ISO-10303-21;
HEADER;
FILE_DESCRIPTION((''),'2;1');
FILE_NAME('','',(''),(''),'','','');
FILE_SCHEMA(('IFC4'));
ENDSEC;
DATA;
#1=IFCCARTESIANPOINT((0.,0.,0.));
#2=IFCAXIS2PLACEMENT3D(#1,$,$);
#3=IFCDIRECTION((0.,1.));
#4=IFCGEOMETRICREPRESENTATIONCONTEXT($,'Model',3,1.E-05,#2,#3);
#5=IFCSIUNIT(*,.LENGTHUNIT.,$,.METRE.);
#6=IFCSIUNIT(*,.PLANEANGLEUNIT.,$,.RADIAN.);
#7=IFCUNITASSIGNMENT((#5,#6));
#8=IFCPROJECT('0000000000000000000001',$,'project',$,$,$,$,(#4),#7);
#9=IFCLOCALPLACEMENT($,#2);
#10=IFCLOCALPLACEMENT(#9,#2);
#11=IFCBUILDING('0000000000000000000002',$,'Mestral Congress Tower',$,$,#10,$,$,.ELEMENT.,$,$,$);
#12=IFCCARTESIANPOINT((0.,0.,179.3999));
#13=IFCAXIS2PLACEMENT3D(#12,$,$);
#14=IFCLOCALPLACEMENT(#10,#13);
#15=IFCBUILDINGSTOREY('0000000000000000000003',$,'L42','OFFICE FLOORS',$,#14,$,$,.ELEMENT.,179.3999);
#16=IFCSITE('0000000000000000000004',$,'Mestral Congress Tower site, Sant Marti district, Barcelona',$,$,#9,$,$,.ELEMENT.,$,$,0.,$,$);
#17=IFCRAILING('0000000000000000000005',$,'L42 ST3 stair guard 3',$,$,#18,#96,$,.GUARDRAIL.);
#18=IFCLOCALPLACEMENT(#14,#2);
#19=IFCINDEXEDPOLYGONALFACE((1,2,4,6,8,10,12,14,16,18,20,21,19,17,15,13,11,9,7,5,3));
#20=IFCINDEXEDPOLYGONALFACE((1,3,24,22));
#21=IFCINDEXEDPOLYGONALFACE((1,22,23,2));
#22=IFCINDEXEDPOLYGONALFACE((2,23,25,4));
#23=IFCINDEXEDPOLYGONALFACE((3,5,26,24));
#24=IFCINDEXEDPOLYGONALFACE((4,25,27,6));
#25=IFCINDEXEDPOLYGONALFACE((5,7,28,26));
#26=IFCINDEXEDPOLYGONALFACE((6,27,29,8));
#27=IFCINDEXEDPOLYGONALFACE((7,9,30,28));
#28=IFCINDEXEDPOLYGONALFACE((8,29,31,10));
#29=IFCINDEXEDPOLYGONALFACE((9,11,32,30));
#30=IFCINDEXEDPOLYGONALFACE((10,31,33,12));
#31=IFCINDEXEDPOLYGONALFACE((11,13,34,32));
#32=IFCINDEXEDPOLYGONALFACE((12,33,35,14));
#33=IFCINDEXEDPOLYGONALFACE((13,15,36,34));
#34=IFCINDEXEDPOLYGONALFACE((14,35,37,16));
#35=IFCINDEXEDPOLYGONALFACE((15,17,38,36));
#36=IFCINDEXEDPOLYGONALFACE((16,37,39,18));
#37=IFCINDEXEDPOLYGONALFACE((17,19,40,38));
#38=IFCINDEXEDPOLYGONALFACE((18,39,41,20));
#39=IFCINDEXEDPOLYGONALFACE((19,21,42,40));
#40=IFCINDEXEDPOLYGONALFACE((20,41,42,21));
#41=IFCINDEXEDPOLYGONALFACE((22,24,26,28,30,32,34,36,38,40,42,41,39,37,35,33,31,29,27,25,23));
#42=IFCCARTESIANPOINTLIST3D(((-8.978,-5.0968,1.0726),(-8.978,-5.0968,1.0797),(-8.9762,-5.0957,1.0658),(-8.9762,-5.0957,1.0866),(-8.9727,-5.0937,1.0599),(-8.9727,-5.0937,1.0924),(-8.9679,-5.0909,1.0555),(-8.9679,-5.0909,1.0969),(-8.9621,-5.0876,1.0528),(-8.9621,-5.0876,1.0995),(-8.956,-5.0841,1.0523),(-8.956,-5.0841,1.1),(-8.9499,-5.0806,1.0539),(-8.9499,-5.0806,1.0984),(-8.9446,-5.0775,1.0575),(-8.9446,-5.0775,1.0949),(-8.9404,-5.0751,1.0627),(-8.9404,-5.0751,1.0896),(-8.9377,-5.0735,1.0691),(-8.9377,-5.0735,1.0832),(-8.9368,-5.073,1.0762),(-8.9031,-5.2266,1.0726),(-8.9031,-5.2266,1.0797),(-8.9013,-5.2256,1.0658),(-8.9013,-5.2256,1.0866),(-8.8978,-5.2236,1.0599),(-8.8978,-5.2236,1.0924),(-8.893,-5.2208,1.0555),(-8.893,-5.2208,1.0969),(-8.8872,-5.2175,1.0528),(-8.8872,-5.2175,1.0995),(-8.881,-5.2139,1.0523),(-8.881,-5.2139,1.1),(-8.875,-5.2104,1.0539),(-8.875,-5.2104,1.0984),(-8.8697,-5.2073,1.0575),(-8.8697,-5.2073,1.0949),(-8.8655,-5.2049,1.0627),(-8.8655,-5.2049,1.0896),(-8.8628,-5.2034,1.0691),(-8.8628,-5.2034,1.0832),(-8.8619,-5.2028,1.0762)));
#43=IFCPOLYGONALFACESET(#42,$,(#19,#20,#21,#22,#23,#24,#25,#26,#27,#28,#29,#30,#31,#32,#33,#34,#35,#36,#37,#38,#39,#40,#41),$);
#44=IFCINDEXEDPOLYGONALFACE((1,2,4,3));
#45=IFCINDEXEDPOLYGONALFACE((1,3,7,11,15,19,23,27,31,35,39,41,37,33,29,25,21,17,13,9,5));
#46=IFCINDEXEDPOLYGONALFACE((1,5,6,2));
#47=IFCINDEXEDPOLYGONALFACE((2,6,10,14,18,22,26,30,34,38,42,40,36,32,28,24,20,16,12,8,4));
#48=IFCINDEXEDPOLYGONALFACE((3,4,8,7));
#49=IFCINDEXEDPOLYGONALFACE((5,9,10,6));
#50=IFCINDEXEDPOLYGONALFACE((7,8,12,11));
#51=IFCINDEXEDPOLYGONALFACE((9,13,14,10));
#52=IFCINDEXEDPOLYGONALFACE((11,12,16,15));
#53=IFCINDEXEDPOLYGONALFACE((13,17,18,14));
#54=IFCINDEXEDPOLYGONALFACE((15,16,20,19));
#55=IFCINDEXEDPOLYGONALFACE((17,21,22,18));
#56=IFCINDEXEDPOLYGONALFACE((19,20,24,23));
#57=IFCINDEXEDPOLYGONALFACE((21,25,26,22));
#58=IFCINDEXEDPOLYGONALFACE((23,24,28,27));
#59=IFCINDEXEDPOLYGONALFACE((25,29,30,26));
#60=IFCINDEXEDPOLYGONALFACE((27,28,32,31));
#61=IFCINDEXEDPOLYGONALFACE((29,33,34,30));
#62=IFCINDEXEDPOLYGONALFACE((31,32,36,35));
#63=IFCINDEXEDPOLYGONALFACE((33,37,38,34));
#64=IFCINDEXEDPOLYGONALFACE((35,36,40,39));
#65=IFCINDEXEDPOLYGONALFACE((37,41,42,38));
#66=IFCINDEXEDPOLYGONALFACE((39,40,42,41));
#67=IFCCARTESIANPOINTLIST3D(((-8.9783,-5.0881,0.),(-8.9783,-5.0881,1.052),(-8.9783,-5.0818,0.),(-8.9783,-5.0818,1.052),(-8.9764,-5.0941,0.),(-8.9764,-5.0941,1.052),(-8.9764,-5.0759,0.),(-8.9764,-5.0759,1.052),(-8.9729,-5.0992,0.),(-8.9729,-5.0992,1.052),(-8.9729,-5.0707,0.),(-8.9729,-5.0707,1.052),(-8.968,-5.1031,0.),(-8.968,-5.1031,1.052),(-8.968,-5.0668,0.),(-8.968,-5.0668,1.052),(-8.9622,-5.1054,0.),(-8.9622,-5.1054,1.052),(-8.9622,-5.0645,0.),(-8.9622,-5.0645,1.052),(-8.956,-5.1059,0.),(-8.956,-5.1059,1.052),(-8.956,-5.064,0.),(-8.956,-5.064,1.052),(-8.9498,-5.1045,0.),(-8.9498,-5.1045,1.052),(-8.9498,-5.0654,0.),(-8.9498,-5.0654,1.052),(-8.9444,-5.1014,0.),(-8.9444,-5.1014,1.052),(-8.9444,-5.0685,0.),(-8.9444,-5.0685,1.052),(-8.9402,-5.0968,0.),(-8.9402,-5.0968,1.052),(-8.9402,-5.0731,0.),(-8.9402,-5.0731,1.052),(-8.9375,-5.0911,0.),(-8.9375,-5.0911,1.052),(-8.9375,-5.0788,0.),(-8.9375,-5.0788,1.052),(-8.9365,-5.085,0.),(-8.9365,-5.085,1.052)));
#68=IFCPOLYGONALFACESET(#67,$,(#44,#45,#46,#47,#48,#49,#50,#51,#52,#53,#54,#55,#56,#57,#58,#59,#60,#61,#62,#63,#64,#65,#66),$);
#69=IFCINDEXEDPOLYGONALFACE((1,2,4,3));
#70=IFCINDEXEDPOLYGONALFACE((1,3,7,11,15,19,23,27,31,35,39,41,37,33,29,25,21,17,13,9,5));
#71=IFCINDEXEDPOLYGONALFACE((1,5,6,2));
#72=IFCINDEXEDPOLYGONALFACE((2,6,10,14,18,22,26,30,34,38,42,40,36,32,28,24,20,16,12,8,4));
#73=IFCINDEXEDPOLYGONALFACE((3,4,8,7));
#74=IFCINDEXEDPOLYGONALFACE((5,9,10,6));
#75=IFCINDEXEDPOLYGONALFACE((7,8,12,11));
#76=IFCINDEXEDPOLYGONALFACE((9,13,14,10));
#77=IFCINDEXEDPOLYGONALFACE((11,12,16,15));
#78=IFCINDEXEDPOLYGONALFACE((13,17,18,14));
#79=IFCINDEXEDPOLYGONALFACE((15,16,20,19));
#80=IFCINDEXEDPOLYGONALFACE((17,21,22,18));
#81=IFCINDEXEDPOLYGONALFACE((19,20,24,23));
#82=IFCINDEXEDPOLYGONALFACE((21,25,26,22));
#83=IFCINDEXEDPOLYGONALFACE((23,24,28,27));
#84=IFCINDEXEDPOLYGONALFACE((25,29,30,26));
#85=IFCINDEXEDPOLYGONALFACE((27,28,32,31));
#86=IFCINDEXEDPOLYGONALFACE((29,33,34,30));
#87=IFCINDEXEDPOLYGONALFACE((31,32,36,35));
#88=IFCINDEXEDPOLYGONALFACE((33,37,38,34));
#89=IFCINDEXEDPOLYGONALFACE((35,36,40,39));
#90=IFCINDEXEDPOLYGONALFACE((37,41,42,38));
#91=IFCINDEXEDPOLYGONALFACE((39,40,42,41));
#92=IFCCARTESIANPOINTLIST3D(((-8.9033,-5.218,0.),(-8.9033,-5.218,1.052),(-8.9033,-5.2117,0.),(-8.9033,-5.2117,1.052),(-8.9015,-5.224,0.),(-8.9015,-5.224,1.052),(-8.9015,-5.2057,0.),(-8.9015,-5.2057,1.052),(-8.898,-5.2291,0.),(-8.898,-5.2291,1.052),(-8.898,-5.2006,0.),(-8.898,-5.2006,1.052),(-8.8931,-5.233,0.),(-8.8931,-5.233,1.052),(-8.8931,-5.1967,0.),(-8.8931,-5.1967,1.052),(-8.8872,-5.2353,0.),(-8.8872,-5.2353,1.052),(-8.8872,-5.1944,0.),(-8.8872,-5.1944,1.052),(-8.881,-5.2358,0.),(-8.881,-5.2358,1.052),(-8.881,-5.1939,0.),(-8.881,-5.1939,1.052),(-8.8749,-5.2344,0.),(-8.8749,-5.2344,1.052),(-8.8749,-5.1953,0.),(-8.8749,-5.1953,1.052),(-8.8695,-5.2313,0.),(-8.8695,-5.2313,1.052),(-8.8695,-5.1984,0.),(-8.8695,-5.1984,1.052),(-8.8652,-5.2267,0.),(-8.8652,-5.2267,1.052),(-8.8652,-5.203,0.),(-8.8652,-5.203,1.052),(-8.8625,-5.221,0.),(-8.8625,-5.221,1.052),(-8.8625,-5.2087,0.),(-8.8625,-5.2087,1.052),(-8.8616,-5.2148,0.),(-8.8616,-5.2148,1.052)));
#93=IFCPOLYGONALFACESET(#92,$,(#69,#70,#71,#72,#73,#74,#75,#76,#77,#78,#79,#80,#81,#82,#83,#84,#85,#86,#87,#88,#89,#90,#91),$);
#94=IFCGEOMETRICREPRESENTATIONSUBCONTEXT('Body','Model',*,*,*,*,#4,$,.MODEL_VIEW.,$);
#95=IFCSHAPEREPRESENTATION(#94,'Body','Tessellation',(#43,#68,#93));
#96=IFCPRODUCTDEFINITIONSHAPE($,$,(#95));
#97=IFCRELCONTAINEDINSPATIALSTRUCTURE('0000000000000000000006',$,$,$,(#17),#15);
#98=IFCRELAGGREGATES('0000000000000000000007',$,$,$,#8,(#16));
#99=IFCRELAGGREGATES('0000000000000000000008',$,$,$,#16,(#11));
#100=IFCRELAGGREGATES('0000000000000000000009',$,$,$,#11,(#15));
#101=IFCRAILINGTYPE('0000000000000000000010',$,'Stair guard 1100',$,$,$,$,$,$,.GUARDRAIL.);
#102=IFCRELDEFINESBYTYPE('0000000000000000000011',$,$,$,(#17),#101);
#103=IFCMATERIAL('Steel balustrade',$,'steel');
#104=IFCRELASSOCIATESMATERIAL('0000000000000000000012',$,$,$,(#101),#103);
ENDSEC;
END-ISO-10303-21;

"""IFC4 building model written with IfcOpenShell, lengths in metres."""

from ifc_helpers import new_model, si_unit, direction, frame, origin, origin_2d, place, context, subcontext, project, spatial, circle, extrude, material, type_object, element, save


model = new_model("IFC4")

# Units and contexts
model_context = context("Model", 3, precision=1e-05, world=origin(), true_north=direction((0.0, 1.0)))
body_context = subcontext(model_context, "Body", "Model", "MODEL_VIEW")
ifc_project = project(units=[si_unit("LENGTHUNIT", "METRE"), si_unit("PLANEANGLEUNIT", "RADIAN")], contexts=[model_context])

# Site, building, storey
site_placement = place(None, origin())
site = spatial("IfcSite", under=ifc_project, at=site_placement, Name="Mestral Congress Tower site, Sant Marti district, Barcelona", CompositionType="ELEMENT", RefElevation=0.0)
building_placement = place(site_placement, origin())
building = spatial("IfcBuilding", under=site, at=building_placement, Name="Mestral Congress Tower", CompositionType="ELEMENT")
storey_placement = place(building_placement, frame((0.0, 0.0, 179.3999)))
storey = spatial("IfcBuildingStorey", under=building, at=storey_placement, Name="L42", Description="OFFICE FLOORS", CompositionType="ELEMENT", Elevation=179.3999)

# Railing
ifc_material_1 = material(Name="Steel balustrade", Category="steel")
railing_type_1 = type_object("IfcRailingType", Name="Stair guard 1100", PredefinedType="GUARDRAIL", material=ifc_material_1)
railing_1_placement = place(storey_placement, frame((-8.9575, -5.085, 0.0)))
element("IfcRailing", 1, at=railing_1_placement, inside=storey, type_object=railing_type_1, Name="L42 ST3 stair guard 3", PredefinedType="GUARDRAIL", context=body_context, shape_type="SweptSolid", body=[
    extrude(circle(Radius=0.0239, at=origin_2d()), frame((0.0, 0.0, 1.0762), z_axis=(0.499816, -0.866131, 0.0), x_axis=(0.866131, 0.499816, 0.0)), (0.0, 0.0, 1.0), 0.1499),
    extrude(circle(Radius=0.021, at=origin_2d()), origin(), (0.0, 0.0, 1.0), 1.052),
    extrude(circle(Radius=0.021, at=origin_2d()), frame((0.075, -0.1299, 0.0)), (0.0, 0.0, 1.0), 1.052),
])

save(model, "model.ifc")
